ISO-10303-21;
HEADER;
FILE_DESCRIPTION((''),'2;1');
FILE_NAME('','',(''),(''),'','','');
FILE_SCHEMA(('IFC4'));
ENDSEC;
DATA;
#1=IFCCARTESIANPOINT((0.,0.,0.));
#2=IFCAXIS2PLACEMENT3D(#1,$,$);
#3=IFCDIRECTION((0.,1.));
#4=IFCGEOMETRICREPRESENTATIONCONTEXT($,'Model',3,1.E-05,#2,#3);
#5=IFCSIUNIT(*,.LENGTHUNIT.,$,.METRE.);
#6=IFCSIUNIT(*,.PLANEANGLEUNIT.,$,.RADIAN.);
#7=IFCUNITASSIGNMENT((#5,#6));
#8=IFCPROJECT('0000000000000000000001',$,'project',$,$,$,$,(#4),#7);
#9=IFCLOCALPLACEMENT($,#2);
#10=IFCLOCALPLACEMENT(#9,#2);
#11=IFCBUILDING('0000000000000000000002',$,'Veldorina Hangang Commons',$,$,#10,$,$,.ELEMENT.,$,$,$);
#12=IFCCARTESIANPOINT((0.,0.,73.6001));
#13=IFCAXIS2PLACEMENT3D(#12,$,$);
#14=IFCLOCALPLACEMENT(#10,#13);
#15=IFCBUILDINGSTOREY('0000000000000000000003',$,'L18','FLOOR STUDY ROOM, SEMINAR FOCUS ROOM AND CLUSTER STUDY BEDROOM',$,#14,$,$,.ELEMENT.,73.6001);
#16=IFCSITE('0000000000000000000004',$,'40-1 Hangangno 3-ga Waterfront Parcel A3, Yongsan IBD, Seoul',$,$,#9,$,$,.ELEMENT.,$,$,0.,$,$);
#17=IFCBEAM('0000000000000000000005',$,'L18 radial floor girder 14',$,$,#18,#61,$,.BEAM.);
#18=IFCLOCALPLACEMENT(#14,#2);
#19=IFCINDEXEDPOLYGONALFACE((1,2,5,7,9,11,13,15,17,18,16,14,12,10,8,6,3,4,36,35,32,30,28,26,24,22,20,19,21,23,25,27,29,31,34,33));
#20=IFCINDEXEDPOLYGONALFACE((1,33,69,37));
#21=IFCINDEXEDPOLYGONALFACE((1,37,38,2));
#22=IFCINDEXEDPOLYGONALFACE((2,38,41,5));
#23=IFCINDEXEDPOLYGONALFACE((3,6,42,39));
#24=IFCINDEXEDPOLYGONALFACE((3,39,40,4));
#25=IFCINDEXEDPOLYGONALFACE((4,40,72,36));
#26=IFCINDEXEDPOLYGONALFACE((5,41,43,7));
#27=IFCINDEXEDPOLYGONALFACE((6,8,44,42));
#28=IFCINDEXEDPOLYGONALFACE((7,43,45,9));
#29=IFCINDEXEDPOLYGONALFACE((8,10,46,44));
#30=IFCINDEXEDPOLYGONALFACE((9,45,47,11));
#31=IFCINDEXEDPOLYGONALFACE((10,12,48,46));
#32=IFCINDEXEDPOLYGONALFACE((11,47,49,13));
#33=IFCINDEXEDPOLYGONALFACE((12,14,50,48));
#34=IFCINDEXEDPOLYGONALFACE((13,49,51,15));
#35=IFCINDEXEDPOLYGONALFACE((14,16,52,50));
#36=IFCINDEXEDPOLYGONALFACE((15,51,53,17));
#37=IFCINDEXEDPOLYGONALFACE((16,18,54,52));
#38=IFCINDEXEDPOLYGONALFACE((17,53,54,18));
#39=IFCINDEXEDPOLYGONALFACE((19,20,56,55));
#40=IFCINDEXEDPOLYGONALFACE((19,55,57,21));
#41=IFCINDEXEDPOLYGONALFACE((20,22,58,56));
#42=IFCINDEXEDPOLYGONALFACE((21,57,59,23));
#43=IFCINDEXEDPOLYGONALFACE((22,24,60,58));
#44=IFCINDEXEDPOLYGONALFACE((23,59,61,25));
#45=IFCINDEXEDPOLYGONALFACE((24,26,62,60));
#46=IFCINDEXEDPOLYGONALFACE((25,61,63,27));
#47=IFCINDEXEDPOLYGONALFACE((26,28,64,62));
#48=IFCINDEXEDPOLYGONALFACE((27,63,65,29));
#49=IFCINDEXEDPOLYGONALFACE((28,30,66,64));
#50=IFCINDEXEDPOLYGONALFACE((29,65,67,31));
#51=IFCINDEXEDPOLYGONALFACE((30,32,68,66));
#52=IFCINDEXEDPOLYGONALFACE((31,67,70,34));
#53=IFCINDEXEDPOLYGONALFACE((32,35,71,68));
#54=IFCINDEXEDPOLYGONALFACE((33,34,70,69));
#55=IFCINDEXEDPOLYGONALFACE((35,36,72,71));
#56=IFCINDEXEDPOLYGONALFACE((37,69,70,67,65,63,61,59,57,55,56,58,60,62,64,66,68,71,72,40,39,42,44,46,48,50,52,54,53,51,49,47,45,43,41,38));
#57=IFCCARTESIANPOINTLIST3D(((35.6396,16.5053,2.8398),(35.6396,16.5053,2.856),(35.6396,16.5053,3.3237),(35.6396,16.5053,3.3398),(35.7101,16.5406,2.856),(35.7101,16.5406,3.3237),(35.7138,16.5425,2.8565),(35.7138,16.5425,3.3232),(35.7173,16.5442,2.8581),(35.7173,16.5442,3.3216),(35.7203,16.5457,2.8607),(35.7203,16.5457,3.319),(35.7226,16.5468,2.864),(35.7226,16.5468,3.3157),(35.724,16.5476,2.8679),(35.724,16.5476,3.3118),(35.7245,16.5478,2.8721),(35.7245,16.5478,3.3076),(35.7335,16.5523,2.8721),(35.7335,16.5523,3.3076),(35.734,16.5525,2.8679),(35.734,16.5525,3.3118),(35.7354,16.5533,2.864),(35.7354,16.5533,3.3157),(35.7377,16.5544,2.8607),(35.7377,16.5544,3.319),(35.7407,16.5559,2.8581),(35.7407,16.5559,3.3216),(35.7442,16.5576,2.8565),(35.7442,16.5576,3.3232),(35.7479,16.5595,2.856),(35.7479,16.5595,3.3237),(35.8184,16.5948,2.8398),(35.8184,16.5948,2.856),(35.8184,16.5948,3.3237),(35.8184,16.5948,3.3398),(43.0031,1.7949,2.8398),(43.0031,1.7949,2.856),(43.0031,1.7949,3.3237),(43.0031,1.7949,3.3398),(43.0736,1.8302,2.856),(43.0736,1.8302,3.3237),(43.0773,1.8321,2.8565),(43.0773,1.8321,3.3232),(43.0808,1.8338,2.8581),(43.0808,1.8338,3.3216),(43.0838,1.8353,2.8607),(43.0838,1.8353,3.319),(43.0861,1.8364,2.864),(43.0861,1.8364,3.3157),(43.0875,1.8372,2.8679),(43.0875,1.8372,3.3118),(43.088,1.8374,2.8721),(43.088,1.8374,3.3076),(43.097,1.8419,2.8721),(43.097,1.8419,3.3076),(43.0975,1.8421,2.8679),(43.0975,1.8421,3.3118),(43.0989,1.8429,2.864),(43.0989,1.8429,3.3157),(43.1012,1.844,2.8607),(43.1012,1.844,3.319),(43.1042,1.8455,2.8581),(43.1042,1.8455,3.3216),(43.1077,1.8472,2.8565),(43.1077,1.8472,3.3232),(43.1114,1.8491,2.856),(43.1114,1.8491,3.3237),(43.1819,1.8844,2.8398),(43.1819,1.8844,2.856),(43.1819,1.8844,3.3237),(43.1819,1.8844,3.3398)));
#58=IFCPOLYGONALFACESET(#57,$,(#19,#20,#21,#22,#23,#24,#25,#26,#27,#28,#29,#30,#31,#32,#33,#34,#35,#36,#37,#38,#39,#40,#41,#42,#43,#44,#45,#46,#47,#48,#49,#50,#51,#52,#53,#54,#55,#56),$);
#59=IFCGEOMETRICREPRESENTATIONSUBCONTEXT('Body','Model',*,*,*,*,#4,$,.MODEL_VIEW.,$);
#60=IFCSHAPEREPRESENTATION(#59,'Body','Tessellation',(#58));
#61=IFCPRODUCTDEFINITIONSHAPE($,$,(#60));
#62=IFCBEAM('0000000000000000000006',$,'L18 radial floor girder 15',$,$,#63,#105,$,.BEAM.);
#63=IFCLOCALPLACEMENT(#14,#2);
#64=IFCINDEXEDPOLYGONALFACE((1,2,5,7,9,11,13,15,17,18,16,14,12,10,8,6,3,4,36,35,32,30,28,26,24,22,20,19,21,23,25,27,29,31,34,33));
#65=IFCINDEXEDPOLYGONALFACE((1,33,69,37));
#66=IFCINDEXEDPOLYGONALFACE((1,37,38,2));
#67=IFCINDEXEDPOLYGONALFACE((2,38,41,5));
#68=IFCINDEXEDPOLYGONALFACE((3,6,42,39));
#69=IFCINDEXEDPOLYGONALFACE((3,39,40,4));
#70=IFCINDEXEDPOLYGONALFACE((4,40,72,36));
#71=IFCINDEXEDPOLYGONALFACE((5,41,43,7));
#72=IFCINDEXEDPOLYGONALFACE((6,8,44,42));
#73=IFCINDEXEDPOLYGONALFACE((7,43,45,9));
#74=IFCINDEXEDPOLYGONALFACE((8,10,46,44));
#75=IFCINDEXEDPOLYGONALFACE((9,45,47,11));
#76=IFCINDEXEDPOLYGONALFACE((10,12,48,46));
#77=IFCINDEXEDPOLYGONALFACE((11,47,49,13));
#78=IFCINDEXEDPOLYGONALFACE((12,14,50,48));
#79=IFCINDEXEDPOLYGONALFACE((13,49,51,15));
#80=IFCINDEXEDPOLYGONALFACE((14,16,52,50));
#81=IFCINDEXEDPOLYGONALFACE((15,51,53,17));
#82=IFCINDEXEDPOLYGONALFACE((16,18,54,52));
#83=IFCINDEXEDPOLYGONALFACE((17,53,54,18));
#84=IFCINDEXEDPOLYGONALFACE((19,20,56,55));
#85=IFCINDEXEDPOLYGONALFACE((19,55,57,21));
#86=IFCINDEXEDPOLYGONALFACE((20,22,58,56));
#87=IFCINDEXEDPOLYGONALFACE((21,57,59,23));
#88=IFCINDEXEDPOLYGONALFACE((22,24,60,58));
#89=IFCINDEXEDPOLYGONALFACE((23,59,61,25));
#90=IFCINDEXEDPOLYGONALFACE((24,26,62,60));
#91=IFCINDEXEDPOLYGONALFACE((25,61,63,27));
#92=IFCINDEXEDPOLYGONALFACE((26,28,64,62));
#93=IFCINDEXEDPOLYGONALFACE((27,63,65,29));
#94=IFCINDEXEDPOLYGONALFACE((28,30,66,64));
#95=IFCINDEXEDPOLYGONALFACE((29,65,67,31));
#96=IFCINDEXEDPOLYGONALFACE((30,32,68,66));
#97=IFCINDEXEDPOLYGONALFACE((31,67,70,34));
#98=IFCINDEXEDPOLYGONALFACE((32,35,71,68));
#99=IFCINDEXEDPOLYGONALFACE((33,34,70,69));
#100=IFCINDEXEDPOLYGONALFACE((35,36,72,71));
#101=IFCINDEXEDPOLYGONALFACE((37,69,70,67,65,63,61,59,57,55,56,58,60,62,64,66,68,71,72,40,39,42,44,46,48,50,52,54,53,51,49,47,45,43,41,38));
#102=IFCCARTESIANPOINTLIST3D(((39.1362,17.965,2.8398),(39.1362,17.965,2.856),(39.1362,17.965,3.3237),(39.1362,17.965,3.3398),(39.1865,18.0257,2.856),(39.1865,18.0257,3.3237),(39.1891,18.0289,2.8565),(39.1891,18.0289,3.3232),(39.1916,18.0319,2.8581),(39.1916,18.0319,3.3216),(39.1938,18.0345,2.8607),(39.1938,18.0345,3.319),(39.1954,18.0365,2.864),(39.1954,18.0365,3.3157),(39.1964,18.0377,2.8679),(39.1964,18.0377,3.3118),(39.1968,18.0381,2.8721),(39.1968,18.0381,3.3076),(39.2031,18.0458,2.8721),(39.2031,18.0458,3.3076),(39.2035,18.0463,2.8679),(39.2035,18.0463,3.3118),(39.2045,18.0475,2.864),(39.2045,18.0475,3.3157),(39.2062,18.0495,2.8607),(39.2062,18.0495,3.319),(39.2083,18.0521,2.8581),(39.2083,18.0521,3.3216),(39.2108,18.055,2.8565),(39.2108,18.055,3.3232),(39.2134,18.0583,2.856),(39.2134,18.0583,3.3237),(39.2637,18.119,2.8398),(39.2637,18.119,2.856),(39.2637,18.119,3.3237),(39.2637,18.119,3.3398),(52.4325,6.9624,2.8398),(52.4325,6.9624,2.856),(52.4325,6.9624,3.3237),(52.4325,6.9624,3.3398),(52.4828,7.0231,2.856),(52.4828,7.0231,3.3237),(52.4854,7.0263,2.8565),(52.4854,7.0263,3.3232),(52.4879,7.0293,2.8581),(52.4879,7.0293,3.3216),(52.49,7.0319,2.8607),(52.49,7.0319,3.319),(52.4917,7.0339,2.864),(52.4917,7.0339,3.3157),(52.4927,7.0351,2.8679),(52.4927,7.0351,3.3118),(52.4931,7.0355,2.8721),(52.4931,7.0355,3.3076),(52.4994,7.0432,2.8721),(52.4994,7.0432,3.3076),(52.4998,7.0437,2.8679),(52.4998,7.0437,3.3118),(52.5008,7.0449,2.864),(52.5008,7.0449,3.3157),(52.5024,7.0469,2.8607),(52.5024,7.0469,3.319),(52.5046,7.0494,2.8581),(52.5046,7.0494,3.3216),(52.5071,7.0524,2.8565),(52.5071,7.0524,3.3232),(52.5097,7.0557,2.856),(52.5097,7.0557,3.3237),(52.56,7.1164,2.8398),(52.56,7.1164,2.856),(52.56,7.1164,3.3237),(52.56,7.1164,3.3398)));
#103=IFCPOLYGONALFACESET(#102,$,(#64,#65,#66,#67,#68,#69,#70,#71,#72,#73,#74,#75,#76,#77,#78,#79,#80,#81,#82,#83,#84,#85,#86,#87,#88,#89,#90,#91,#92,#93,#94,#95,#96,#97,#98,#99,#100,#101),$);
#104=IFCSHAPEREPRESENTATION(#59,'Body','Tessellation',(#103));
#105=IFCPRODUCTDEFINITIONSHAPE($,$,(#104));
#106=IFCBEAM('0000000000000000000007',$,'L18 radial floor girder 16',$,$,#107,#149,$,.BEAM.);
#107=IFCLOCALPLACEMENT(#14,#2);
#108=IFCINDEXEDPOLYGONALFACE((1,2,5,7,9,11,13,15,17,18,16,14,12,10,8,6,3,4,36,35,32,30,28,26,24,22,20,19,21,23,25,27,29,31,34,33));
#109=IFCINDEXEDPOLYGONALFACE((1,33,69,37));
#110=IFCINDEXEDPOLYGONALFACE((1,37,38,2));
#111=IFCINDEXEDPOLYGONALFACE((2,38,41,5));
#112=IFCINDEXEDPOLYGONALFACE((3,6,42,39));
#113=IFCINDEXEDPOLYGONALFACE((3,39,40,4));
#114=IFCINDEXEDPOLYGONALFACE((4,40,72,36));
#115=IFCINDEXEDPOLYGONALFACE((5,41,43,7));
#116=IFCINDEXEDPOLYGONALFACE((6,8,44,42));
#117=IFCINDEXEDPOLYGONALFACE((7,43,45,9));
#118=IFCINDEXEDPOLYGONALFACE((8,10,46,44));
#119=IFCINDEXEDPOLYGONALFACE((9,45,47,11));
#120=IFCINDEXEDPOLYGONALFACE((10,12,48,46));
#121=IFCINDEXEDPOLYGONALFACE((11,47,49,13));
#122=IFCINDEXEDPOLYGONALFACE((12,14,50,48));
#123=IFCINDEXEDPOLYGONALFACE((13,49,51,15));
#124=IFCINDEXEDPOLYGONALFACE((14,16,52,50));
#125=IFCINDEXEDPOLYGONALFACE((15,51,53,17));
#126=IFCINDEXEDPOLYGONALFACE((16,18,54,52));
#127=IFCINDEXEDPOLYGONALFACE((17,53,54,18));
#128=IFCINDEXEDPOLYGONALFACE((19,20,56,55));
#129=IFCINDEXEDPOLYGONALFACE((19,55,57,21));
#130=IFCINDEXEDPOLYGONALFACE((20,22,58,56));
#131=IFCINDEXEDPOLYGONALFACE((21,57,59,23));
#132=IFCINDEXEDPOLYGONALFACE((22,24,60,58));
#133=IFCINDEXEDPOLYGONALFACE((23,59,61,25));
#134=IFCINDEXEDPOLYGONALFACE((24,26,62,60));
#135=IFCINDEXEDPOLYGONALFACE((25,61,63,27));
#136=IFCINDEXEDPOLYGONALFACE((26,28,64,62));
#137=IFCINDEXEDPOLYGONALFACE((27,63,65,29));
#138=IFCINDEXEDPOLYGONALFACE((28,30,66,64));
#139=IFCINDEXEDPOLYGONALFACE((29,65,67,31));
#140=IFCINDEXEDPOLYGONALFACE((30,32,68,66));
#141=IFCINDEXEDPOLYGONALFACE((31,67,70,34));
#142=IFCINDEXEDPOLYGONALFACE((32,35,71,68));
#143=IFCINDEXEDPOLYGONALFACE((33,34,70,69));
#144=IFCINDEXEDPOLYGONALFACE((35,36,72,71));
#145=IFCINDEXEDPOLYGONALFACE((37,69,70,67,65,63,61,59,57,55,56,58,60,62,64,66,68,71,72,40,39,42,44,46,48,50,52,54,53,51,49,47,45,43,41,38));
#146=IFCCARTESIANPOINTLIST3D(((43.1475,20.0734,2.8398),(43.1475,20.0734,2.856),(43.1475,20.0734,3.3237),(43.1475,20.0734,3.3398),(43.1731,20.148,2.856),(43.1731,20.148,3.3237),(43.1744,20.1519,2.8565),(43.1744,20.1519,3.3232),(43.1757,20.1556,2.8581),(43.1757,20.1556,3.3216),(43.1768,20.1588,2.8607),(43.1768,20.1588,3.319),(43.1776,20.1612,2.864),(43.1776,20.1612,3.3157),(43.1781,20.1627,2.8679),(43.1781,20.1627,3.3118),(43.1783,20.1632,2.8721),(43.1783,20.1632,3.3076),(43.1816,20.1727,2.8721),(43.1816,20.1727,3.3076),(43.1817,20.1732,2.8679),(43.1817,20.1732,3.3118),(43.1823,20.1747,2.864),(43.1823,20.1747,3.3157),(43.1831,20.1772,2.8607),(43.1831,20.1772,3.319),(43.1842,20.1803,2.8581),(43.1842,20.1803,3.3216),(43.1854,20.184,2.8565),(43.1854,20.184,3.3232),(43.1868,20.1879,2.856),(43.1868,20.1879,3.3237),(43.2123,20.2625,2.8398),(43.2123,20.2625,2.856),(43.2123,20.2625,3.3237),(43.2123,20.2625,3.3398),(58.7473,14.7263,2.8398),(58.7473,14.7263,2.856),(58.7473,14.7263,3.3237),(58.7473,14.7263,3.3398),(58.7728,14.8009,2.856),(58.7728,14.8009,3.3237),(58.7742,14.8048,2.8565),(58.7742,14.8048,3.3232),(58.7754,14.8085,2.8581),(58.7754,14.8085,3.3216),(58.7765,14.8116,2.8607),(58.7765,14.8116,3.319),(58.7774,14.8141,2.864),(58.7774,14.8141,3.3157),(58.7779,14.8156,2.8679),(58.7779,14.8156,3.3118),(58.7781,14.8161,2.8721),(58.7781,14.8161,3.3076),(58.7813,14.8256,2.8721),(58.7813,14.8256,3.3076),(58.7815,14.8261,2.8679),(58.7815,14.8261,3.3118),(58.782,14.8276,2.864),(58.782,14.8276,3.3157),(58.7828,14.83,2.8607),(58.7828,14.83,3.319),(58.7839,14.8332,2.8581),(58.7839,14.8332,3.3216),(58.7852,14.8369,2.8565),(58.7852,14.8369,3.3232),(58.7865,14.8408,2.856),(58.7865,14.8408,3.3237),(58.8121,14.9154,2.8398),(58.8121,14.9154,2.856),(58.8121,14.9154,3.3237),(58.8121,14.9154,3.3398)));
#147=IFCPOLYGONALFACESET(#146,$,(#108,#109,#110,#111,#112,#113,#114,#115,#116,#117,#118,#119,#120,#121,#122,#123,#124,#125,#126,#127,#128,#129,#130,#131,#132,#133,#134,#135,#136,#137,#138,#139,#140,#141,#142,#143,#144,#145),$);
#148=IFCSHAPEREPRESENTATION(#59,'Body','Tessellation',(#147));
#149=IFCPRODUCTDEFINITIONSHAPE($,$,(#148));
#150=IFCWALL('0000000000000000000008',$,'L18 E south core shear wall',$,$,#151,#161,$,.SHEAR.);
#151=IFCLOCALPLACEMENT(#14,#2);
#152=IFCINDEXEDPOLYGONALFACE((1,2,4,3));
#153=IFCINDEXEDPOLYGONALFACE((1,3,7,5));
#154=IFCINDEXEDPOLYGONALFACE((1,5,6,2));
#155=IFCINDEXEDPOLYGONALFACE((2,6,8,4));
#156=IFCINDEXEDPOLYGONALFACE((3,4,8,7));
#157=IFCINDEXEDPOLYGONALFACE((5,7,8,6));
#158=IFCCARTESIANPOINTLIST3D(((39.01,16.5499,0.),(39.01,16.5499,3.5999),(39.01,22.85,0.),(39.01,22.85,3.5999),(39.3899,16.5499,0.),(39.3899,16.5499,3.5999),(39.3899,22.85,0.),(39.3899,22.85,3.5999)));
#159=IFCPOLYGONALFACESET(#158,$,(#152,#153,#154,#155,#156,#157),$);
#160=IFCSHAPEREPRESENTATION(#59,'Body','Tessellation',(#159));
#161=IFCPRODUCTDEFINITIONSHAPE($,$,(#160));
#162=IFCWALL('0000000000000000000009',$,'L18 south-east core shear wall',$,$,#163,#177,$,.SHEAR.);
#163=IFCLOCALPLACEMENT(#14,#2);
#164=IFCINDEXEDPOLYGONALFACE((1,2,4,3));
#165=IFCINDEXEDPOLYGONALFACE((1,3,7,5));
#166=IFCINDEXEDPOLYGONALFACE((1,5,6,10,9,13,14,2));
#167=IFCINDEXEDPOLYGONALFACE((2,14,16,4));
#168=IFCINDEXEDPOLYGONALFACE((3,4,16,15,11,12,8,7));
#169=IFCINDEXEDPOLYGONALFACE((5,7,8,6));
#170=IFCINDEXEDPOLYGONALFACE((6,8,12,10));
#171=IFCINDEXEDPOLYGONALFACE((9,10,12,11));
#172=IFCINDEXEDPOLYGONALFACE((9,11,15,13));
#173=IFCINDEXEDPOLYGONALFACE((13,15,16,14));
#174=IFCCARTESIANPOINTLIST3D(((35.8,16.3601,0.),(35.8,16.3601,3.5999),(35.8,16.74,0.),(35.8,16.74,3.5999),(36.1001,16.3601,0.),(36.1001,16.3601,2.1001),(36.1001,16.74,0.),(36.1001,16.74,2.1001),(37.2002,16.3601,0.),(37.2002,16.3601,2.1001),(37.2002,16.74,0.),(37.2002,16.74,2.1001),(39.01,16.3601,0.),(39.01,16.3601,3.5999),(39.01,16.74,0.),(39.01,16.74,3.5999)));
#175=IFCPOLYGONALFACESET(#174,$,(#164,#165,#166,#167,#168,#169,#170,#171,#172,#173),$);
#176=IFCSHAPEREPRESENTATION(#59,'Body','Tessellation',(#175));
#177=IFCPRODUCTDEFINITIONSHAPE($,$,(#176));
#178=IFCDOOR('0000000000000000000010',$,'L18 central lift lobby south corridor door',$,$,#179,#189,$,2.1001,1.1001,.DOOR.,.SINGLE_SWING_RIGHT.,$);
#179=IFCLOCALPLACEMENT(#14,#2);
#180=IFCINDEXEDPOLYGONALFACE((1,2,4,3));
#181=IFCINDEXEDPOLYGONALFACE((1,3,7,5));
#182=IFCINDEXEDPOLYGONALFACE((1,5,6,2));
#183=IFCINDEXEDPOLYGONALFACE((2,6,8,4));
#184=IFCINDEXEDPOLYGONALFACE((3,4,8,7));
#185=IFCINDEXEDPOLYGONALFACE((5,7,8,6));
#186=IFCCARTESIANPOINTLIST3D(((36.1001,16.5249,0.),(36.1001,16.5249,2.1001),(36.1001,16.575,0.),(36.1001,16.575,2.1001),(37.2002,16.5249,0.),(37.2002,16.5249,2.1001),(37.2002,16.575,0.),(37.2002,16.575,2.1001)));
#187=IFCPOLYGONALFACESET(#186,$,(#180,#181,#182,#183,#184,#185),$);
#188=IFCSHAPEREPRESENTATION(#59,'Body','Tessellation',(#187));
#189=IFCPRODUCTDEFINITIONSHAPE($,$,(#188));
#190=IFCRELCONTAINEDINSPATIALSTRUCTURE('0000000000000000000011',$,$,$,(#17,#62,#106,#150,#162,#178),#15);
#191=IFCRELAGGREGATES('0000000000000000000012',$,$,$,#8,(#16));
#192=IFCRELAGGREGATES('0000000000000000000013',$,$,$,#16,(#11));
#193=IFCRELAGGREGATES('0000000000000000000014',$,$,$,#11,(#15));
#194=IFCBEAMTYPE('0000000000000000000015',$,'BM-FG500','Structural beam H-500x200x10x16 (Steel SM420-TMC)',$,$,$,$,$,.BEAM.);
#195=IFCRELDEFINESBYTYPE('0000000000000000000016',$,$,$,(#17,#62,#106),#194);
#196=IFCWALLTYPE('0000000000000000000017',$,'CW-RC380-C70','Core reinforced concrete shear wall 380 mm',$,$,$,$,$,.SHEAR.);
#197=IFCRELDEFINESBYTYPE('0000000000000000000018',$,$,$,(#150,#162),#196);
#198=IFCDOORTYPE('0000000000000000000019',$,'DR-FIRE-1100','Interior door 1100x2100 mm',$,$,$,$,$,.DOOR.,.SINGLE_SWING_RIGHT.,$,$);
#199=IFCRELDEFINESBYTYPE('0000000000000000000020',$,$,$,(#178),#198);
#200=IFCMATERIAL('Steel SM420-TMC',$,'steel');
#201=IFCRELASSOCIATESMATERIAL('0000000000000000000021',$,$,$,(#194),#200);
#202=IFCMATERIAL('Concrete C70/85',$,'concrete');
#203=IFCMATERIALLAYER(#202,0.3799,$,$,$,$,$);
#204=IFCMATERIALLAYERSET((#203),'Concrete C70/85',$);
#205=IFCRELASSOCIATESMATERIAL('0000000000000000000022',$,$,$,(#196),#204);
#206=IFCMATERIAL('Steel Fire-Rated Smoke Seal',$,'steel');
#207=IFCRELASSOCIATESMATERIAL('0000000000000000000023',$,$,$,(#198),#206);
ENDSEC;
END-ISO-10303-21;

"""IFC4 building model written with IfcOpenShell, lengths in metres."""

from ifc_helpers import new_model, si_unit, direction, frame, frame_2d, origin, origin_2d, place, context, subcontext, project, spatial, rectangle, i_section, extrude, material, layer, layer_set, material_profile, profile_set, type_object, element, fill, save


model = new_model("IFC4")

# Units and contexts
model_context = context("Model", 3, precision=1e-05, world=origin(), true_north=direction((0.0, 1.0)))
body_context = subcontext(model_context, "Body", "Model", "MODEL_VIEW")
ifc_project = project(units=[si_unit("LENGTHUNIT", "METRE"), si_unit("PLANEANGLEUNIT", "RADIAN")], contexts=[model_context])

# Site, building, storey
site_placement = place(None, origin())
site = spatial("IfcSite", under=ifc_project, at=site_placement, Name="40-1 Hangangno 3-ga Waterfront Parcel A3, Yongsan IBD, Seoul", CompositionType="ELEMENT", RefElevation=0.0)
building_placement = place(site_placement, origin())
building = spatial("IfcBuilding", under=site, at=building_placement, Name="Veldorina Hangang Commons", CompositionType="ELEMENT")
storey_placement = place(building_placement, frame((0.0, 0.0, 73.6001)))
storey = spatial("IfcBuildingStorey", under=building, at=storey_placement, Name="L18", Description="FLOOR STUDY ROOM, SEMINAR FOCUS ROOM AND CLUSTER STUDY BEDROOM", CompositionType="ELEMENT", Elevation=73.6001)

# Beams
ifc_material_1 = material(Name="Steel SM420-TMC", Category="steel")
ifc_material_profile = material_profile(ifc_material_1, i_section(OverallWidth=0.2, OverallDepth=0.5, WebThickness=0.01, FlangeThickness=0.0161, FilletRadius=0.0161, at=origin_2d()), Name="H-500x200x10x16")
ifc_profile_set = profile_set([ifc_material_profile], Name="Steel SM420-TMC")
beam_type = type_object("IfcBeamType", Name="BM-FG500", Description="Structural beam H-500x200x10x16 (Steel SM420-TMC)", PredefinedType="BEAM", material=ifc_profile_set)
beam_1_placement = place(storey_placement, frame((35.729, 16.55, 3.0898), z_axis=(0.447617, -0.894225, 0.0), x_axis=(0.894225, 0.447617, 0.0)))
element("IfcBeam", 1, at=beam_1_placement, inside=storey, type_object=beam_type, Name="L18 radial floor girder 14", PredefinedType="BEAM", context=body_context, shape_type="SweptSolid", body=[
    extrude(i_section(OverallWidth=0.2, OverallDepth=0.5, WebThickness=0.01, FlangeThickness=0.0161, FilletRadius=0.0161, at=origin_2d()), origin(), (0.0, 0.0, 1.0), 16.4504),
])
beam_2_placement = place(storey_placement, frame((39.2, 18.042, 3.0898), z_axis=(0.770429, -0.637526, 0.0), x_axis=(0.637526, 0.770429, 0.0)))
element("IfcBeam", 2, at=beam_2_placement, inside=storey, type_object=beam_type, Name="L18 radial floor girder 15", PredefinedType="BEAM", context=body_context, shape_type="SweptSolid", body=[
    extrude(i_section(OverallWidth=0.2, OverallDepth=0.5, WebThickness=0.01, FlangeThickness=0.0161, FilletRadius=0.0161, at=origin_2d()), origin(), (0.0, 0.0, 1.0), 17.2583),
])
beam_3_placement = place(storey_placement, frame((43.1799, 20.168, 3.0898), z_axis=(0.945971, -0.324251, 0.0), x_axis=(0.324251, 0.945971, 0.0)))
element("IfcBeam", 3, at=beam_3_placement, inside=storey, type_object=beam_type, Name="L18 radial floor girder 16", PredefinedType="BEAM", context=body_context, shape_type="SweptSolid", body=[
    extrude(i_section(OverallWidth=0.2, OverallDepth=0.5, WebThickness=0.01, FlangeThickness=0.0161, FilletRadius=0.0161, at=origin_2d()), origin(), (0.0, 0.0, 1.0), 16.4907),
])

# Wall
ifc_material_2 = material(Name="Concrete C70/85", Category="concrete")
ifc_layer_1 = layer(ifc_material_2, 0.3799)
ifc_layer_set_1 = layer_set([ifc_layer_1], Name="Concrete C70/85")
wall_type_1 = type_object("IfcWallType", Name="CW-RC380-C70", Description="Core reinforced concrete shear wall 380 mm", PredefinedType="SHEAR", material=ifc_layer_set_1)
wall_1_placement = place(storey_placement, frame((39.2, 16.55, 0.0), z_axis=(0.0, 0.0, 1.0), x_axis=(0.0, 1.0, 0.0)))
element("IfcWall", 4, at=wall_1_placement, inside=storey, type_object=wall_type_1, Name="L18 E south core shear wall", PredefinedType="SHEAR", context=body_context, shape_type="SweptSolid", body=[
    extrude(rectangle(XDim=6.3, YDim=0.3799, at=frame_2d((3.1499, 0.0))), origin(), (0.0, 0.0, 1.0), 3.5999),
])

# Wall, opening, door
wall_2_placement = place(storey_placement, frame((35.8, 16.55, 0.0), z_axis=(0.0, 0.0, 1.0), x_axis=(1.0, 0.0, 0.0)))
wall_2 = element("IfcWall", 5, at=wall_2_placement, inside=storey, type_object=wall_type_1, Name="L18 south-east core shear wall", PredefinedType="SHEAR", context=body_context, shape_type="SweptSolid", body=[
    extrude(rectangle(XDim=3.21, YDim=0.3799, at=frame_2d((1.605, 0.0))), origin(), (0.0, 0.0, 1.0), 3.5999),
])
opening_1_placement = place(wall_2_placement, frame((0.3, 0.0, 0.0)))
opening_1 = element("IfcOpeningElement", 6, at=opening_1_placement, cuts=wall_2, PredefinedType="OPENING", context=body_context, shape_type="SweptSolid", body=[
    extrude(rectangle(XDim=1.1001, YDim=2.1001, at=frame_2d((0.55, 1.05))), frame((0.0, 0.2, 0.0), z_axis=(0.0, -1.0, 0.0), x_axis=(1.0, 0.0, 0.0)), (0.0, 0.0, 1.0), 0.3999),
])
ifc_material_3 = material(Name="Steel Fire-Rated Smoke Seal", Category="steel")
door_type_1 = type_object("IfcDoorType", Name="DR-FIRE-1100", Description="Interior door 1100x2100 mm", OperationType="SINGLE_SWING_RIGHT", PredefinedType="DOOR", material=ifc_material_3)
door_1_placement = place(opening_1_placement, origin())
door_1 = element("IfcDoor", 7, at=door_1_placement, inside=storey, type_object=door_type_1, Name="L18 central lift lobby south corridor door", OperationType="SINGLE_SWING_RIGHT", OverallHeight=2.1001, OverallWidth=1.1001, PredefinedType="DOOR", context=body_context, shape_type="SweptSolid", body=[
    extrude(rectangle(XDim=1.1001, YDim=2.1001, at=frame_2d((0.55, 1.05))), frame((0.0, 0.0249, 0.0), z_axis=(0.0, -1.0, 0.0), x_axis=(1.0, 0.0, 0.0)), (0.0, 0.0, 1.0), 0.05),
])
fill(opening_1, door_1)

save(model, "model.ifc")
